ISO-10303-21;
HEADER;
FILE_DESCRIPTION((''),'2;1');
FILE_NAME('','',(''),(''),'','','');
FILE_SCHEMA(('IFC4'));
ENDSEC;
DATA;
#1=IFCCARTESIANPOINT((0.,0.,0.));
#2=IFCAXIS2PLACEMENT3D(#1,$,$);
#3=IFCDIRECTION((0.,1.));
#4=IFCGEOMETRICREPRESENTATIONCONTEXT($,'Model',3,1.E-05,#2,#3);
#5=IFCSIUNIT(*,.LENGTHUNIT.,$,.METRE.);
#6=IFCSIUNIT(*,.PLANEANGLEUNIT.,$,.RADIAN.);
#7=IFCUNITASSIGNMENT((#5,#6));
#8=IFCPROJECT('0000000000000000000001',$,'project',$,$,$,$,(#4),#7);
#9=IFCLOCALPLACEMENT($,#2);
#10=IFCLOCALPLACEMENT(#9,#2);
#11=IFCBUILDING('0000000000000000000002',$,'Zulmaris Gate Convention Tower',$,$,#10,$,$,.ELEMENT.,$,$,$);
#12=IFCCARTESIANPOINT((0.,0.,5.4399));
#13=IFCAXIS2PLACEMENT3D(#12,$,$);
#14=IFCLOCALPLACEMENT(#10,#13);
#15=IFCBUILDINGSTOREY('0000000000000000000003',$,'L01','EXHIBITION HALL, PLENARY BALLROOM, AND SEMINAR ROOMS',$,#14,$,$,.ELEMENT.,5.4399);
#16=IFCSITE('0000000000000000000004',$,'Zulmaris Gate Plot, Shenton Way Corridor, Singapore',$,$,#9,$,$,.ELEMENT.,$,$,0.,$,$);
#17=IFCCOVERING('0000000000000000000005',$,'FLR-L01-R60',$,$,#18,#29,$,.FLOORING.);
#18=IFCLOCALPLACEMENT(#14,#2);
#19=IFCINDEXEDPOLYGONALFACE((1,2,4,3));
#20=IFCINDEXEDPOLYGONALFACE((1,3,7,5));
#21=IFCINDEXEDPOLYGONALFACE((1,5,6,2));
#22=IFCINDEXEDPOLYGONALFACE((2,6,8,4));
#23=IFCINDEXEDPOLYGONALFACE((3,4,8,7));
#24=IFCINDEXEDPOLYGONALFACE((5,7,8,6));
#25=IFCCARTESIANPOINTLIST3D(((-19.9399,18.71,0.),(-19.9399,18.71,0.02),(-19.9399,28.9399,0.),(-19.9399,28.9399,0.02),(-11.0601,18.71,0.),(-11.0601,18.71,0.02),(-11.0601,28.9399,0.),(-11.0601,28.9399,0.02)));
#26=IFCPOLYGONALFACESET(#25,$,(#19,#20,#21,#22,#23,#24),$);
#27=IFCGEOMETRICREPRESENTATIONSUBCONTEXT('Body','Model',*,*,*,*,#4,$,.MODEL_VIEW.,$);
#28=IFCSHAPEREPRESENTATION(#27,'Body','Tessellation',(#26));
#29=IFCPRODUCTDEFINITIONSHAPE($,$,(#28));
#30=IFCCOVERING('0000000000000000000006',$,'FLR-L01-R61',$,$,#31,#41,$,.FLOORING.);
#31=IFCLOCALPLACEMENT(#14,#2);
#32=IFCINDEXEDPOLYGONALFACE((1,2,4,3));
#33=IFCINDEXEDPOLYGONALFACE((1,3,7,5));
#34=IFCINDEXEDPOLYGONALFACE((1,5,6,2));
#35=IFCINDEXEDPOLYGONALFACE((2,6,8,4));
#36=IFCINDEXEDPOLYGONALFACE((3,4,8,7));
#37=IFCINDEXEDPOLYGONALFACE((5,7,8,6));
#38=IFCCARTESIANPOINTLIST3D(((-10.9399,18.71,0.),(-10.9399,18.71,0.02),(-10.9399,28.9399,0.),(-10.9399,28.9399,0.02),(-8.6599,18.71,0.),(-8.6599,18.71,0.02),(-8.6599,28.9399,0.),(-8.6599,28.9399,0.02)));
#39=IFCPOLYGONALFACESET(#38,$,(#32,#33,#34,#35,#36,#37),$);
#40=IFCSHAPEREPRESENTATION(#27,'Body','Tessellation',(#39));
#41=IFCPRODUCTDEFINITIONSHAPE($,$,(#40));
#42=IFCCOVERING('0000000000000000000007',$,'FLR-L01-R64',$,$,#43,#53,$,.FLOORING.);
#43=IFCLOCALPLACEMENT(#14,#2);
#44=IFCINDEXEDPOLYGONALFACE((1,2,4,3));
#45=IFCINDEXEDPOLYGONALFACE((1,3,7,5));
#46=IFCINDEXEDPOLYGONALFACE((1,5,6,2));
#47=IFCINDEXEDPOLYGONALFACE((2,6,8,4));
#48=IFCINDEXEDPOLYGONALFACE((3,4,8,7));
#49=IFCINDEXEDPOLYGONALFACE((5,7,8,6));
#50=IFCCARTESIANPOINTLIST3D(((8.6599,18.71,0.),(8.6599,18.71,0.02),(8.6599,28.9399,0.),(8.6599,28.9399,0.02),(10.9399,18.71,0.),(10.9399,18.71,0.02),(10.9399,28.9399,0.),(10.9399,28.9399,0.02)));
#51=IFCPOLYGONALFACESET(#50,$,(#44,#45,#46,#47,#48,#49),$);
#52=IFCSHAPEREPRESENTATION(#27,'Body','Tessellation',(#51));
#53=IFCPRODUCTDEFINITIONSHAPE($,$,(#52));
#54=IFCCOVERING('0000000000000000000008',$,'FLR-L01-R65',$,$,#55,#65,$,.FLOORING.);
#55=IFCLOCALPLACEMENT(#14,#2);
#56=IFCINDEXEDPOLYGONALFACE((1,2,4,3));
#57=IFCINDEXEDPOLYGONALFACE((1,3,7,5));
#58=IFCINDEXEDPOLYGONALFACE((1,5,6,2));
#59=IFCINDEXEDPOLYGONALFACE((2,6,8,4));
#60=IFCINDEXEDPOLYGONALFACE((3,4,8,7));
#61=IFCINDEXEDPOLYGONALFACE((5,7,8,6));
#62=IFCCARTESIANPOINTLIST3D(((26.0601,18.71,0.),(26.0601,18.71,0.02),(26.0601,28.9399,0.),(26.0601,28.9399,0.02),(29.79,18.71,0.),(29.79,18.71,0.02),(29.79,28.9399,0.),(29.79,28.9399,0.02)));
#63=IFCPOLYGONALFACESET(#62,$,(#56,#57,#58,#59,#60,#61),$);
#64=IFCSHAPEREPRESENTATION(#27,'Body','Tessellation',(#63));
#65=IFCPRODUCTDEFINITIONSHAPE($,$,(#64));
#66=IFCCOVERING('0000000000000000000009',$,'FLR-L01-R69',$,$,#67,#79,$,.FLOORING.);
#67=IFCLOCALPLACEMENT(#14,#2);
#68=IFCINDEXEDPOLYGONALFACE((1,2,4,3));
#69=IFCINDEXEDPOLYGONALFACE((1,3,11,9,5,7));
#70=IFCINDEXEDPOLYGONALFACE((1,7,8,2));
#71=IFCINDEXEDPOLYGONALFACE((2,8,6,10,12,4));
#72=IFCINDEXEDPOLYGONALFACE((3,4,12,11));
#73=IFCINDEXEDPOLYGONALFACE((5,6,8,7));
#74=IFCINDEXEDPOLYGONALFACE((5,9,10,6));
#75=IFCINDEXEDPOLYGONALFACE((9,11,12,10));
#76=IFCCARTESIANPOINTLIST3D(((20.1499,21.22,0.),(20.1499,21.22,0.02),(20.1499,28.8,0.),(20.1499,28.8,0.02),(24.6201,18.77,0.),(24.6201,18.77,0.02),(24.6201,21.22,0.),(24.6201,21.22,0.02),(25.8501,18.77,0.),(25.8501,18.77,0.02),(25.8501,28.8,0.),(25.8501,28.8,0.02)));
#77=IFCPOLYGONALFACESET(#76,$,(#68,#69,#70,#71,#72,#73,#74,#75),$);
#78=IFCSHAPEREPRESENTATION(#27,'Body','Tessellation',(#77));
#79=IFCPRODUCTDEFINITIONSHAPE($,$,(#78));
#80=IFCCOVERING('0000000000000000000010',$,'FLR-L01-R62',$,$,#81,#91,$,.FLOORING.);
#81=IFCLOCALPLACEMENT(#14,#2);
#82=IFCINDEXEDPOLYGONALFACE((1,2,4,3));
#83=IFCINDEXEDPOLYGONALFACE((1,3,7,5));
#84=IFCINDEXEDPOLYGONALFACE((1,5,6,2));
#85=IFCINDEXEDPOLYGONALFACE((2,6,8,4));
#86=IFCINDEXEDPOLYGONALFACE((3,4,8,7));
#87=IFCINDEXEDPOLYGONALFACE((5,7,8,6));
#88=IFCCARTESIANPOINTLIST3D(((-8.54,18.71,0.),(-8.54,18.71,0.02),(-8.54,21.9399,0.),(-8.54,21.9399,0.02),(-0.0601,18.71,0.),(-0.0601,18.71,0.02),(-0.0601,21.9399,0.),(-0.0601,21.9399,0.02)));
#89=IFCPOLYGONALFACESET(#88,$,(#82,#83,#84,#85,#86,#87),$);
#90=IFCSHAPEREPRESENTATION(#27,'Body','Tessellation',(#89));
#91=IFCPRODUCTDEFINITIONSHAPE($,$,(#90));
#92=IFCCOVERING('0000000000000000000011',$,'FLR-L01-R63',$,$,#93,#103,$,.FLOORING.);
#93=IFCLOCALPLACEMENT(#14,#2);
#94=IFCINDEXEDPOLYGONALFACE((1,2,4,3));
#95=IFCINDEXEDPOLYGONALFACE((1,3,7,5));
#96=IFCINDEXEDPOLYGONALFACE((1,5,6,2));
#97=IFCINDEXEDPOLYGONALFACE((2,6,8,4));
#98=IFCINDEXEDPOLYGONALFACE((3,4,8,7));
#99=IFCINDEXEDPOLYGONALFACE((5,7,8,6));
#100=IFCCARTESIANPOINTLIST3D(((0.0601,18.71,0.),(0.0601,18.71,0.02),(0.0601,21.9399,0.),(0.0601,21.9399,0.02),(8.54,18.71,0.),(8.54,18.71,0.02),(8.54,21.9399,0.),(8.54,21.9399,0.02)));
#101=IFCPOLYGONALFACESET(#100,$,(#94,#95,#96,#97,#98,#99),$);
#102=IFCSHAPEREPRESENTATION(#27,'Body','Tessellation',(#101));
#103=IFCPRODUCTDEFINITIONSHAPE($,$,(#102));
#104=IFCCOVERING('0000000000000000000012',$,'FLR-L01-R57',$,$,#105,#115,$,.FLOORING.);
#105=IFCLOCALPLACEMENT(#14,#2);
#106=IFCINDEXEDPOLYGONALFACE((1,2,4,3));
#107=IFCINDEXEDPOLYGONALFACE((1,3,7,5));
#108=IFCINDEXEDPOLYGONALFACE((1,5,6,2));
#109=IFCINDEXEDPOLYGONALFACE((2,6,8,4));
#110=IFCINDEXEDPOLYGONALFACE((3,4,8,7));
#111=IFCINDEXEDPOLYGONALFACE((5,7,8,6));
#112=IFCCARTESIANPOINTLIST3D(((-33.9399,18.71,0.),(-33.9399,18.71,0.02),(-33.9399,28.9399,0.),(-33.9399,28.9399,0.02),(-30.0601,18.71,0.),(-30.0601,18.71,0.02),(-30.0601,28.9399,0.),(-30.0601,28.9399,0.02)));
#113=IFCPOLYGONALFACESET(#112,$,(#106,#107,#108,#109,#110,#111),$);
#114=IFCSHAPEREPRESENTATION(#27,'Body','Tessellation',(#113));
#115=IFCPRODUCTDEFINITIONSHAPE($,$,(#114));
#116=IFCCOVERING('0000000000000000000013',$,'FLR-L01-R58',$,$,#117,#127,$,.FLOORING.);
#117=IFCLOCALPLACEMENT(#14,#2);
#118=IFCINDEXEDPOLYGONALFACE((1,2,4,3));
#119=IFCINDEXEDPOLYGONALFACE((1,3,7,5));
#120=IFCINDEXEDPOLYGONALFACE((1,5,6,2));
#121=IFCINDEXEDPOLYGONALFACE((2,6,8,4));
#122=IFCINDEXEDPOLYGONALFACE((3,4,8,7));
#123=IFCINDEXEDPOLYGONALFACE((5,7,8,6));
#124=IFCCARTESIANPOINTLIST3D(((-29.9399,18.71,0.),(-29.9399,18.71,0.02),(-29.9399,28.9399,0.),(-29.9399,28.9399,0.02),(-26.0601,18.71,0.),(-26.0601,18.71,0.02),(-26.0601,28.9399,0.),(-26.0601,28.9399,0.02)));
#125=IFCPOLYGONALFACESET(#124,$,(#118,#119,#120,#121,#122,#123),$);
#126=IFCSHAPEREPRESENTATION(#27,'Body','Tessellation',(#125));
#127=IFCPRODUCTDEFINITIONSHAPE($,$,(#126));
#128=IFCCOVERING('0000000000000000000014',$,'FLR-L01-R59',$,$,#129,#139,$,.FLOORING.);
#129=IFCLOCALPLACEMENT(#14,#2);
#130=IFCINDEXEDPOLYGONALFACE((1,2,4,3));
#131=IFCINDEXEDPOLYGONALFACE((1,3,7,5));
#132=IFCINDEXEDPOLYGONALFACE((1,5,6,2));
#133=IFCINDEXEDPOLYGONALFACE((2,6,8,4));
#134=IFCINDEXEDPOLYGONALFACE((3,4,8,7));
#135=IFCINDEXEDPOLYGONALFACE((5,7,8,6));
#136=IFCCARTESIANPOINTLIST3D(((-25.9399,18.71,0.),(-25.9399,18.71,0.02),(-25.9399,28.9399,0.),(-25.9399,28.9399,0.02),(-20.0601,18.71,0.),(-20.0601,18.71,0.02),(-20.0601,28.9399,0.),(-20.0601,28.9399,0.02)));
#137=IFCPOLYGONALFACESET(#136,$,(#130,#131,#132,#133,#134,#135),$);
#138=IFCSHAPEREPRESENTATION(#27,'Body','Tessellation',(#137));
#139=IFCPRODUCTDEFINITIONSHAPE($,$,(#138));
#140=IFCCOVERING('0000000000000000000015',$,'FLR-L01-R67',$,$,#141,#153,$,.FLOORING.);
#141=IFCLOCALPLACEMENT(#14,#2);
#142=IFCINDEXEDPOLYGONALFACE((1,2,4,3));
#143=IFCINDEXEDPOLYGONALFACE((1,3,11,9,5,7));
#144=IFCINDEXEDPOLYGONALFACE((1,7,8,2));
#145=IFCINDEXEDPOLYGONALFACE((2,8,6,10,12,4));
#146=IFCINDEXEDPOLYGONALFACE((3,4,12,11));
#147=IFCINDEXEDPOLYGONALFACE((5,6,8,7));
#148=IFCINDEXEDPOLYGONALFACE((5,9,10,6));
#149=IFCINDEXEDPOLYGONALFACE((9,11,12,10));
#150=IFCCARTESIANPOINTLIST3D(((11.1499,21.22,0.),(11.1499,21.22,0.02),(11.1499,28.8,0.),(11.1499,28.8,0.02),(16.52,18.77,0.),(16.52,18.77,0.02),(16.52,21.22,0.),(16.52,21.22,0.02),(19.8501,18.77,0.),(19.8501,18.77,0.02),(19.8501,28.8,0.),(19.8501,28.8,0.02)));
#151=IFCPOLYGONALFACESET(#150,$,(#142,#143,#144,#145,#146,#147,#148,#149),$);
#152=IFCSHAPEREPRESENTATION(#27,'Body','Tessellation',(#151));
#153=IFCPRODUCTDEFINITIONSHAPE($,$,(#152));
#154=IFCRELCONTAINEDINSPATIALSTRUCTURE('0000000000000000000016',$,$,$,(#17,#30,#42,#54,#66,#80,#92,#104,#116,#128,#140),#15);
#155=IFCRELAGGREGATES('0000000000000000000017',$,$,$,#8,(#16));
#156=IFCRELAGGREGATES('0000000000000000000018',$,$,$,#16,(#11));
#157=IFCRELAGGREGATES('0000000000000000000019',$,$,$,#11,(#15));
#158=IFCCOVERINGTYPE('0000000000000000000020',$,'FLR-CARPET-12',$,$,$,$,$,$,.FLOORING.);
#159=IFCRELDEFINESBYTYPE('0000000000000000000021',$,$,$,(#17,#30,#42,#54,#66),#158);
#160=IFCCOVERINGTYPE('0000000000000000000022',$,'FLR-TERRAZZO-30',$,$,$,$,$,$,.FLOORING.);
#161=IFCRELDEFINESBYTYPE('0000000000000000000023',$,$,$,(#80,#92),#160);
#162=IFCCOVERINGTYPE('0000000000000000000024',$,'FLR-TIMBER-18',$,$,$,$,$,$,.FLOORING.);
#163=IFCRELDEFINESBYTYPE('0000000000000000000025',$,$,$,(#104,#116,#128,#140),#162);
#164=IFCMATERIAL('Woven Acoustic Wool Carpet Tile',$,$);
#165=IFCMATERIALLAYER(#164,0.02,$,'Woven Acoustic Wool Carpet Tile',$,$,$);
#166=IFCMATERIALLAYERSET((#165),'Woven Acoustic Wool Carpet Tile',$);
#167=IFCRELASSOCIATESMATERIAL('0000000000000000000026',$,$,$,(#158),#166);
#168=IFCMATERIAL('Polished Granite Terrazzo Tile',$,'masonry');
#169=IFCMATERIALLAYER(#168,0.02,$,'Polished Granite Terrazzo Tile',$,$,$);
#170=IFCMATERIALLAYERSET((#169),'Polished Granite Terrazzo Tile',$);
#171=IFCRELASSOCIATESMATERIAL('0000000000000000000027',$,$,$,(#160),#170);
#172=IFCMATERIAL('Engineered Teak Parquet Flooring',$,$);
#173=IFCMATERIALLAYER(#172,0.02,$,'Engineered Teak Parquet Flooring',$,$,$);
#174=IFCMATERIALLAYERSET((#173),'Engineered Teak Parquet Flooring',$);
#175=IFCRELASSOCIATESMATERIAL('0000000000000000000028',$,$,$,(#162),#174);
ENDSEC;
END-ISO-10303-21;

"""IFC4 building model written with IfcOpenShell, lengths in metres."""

from ifc_helpers import new_model, si_unit, direction, frame, origin, place, context, subcontext, project, spatial, polyline, outline, extrude, material, layer, layer_set, type_object, element, save


model = new_model("IFC4")

# Units and contexts
model_context = context("Model", 3, precision=1e-05, world=origin(), true_north=direction((0.0, 1.0)))
body_context = subcontext(model_context, "Body", "Model", "MODEL_VIEW")
ifc_project = project(units=[si_unit("LENGTHUNIT", "METRE"), si_unit("PLANEANGLEUNIT", "RADIAN")], contexts=[model_context])

# Site, building, storey
site_placement = place(None, origin())
site = spatial("IfcSite", under=ifc_project, at=site_placement, Name="Zulmaris Gate Plot, Shenton Way Corridor, Singapore", CompositionType="ELEMENT", RefElevation=0.0)
building_placement = place(site_placement, origin())
building = spatial("IfcBuilding", under=site, at=building_placement, Name="Zulmaris Gate Convention Tower", CompositionType="ELEMENT")
storey_placement = place(building_placement, frame((0.0, 0.0, 5.4399)))
storey = spatial("IfcBuildingStorey", under=building, at=storey_placement, Name="L01", Description="EXHIBITION HALL, PLENARY BALLROOM, AND SEMINAR ROOMS", CompositionType="ELEMENT", Elevation=5.4399)

# Coverings
ifc_material_1 = material(Name="Woven Acoustic Wool Carpet Tile")
ifc_layer_1 = layer(ifc_material_1, 0.02, Name="Woven Acoustic Wool Carpet Tile")
ifc_layer_set_1 = layer_set([ifc_layer_1], Name="Woven Acoustic Wool Carpet Tile")
covering_type_1 = type_object("IfcCoveringType", Name="FLR-CARPET-12", PredefinedType="FLOORING", material=ifc_layer_set_1)
covering_1_placement = place(storey_placement, origin())
element("IfcCovering", 1, at=covering_1_placement, inside=storey, type_object=covering_type_1, Name="FLR-L01-R60", PredefinedType="FLOORING", context=body_context, shape_type="SweptSolid", body=[
    extrude(outline(polyline([(-19.9399, 18.71), (-11.0601, 18.71), (-11.0601, 28.9399), (-19.9399, 28.9399), (-19.9399, 18.71)])), origin(), (0.0, 0.0, 1.0), 0.02),
])
covering_2_placement = place(storey_placement, origin())
element("IfcCovering", 2, at=covering_2_placement, inside=storey, type_object=covering_type_1, Name="FLR-L01-R61", PredefinedType="FLOORING", context=body_context, shape_type="SweptSolid", body=[
    extrude(outline(polyline([(-10.9399, 18.71), (-8.6599, 18.71), (-8.6599, 28.9399), (-10.9399, 28.9399), (-10.9399, 18.71)])), origin(), (0.0, 0.0, 1.0), 0.02),
])
covering_3_placement = place(storey_placement, origin())
element("IfcCovering", 3, at=covering_3_placement, inside=storey, type_object=covering_type_1, Name="FLR-L01-R64", PredefinedType="FLOORING", context=body_context, shape_type="SweptSolid", body=[
    extrude(outline(polyline([(8.6599, 18.71), (10.9399, 18.71), (10.9399, 28.9399), (8.6599, 28.9399), (8.6599, 18.71)])), origin(), (0.0, 0.0, 1.0), 0.02),
])
covering_4_placement = place(storey_placement, origin())
element("IfcCovering", 4, at=covering_4_placement, inside=storey, type_object=covering_type_1, Name="FLR-L01-R65", PredefinedType="FLOORING", context=body_context, shape_type="SweptSolid", body=[
    extrude(outline(polyline([(26.0601, 18.71), (29.79, 18.71), (29.79, 28.9399), (26.0601, 28.9399), (26.0601, 18.71)])), origin(), (0.0, 0.0, 1.0), 0.02),
])
covering_5_placement = place(storey_placement, origin())
element("IfcCovering", 5, at=covering_5_placement, inside=storey, type_object=covering_type_1, Name="FLR-L01-R69", PredefinedType="FLOORING", context=body_context, shape_type="SweptSolid", body=[
    extrude(outline(polyline([(24.6201, 18.77), (25.8501, 18.77), (25.8501, 28.8), (20.1499, 28.8), (20.1499, 21.22), (24.6201, 21.22), (24.6201, 18.77)])), origin(), (0.0, 0.0, 1.0), 0.02),
])
ifc_material_2 = material(Name="Polished Granite Terrazzo Tile", Category="masonry")
ifc_layer_2 = layer(ifc_material_2, 0.02, Name="Polished Granite Terrazzo Tile")
ifc_layer_set_2 = layer_set([ifc_layer_2], Name="Polished Granite Terrazzo Tile")
covering_type_2 = type_object("IfcCoveringType", Name="FLR-TERRAZZO-30", PredefinedType="FLOORING", material=ifc_layer_set_2)
covering_6_placement = place(storey_placement, origin())
element("IfcCovering", 6, at=covering_6_placement, inside=storey, type_object=covering_type_2, Name="FLR-L01-R62", PredefinedType="FLOORING", context=body_context, shape_type="SweptSolid", body=[
    extrude(outline(polyline([(-8.54, 18.71), (-0.0601, 18.71), (-0.0601, 21.9399), (-8.54, 21.9399), (-8.54, 18.71)])), origin(), (0.0, 0.0, 1.0), 0.02),
])
covering_7_placement = place(storey_placement, origin())
element("IfcCovering", 7, at=covering_7_placement, inside=storey, type_object=covering_type_2, Name="FLR-L01-R63", PredefinedType="FLOORING", context=body_context, shape_type="SweptSolid", body=[
    extrude(outline(polyline([(0.0601, 18.71), (8.54, 18.71), (8.54, 21.9399), (0.0601, 21.9399), (0.0601, 18.71)])), origin(), (0.0, 0.0, 1.0), 0.02),
])
ifc_material_3 = material(Name="Engineered Teak Parquet Flooring")
ifc_layer_3 = layer(ifc_material_3, 0.02, Name="Engineered Teak Parquet Flooring")
ifc_layer_set_3 = layer_set([ifc_layer_3], Name="Engineered Teak Parquet Flooring")
covering_type_3 = type_object("IfcCoveringType", Name="FLR-TIMBER-18", PredefinedType="FLOORING", material=ifc_layer_set_3)
covering_8_placement = place(storey_placement, origin())
element("IfcCovering", 8, at=covering_8_placement, inside=storey, type_object=covering_type_3, Name="FLR-L01-R57", PredefinedType="FLOORING", context=body_context, shape_type="SweptSolid", body=[
    extrude(outline(polyline([(-33.9399, 18.71), (-30.0601, 18.71), (-30.0601, 28.9399), (-33.9399, 28.9399), (-33.9399, 18.71)])), origin(), (0.0, 0.0, 1.0), 0.02),
])
covering_9_placement = place(storey_placement, origin())
element("IfcCovering", 9, at=covering_9_placement, inside=storey, type_object=covering_type_3, Name="FLR-L01-R58", PredefinedType="FLOORING", context=body_context, shape_type="SweptSolid", body=[
    extrude(outline(polyline([(-29.9399, 18.71), (-26.0601, 18.71), (-26.0601, 28.9399), (-29.9399, 28.9399), (-29.9399, 18.71)])), origin(), (0.0, 0.0, 1.0), 0.02),
])
covering_10_placement = place(storey_placement, origin())
element("IfcCovering", 10, at=covering_10_placement, inside=storey, type_object=covering_type_3, Name="FLR-L01-R59", PredefinedType="FLOORING", context=body_context, shape_type="SweptSolid", body=[
    extrude(outline(polyline([(-25.9399, 18.71), (-20.0601, 18.71), (-20.0601, 28.9399), (-25.9399, 28.9399), (-25.9399, 18.71)])), origin(), (0.0, 0.0, 1.0), 0.02),
])
covering_11_placement = place(storey_placement, origin())
element("IfcCovering", 11, at=covering_11_placement, inside=storey, type_object=covering_type_3, Name="FLR-L01-R67", PredefinedType="FLOORING", context=body_context, shape_type="SweptSolid", body=[
    extrude(outline(polyline([(16.52, 18.77), (19.8501, 18.77), (19.8501, 28.8), (11.1499, 28.8), (11.1499, 21.22), (16.52, 21.22), (16.52, 18.77)])), origin(), (0.0, 0.0, 1.0), 0.02),
])

save(model, "model.ifc")
